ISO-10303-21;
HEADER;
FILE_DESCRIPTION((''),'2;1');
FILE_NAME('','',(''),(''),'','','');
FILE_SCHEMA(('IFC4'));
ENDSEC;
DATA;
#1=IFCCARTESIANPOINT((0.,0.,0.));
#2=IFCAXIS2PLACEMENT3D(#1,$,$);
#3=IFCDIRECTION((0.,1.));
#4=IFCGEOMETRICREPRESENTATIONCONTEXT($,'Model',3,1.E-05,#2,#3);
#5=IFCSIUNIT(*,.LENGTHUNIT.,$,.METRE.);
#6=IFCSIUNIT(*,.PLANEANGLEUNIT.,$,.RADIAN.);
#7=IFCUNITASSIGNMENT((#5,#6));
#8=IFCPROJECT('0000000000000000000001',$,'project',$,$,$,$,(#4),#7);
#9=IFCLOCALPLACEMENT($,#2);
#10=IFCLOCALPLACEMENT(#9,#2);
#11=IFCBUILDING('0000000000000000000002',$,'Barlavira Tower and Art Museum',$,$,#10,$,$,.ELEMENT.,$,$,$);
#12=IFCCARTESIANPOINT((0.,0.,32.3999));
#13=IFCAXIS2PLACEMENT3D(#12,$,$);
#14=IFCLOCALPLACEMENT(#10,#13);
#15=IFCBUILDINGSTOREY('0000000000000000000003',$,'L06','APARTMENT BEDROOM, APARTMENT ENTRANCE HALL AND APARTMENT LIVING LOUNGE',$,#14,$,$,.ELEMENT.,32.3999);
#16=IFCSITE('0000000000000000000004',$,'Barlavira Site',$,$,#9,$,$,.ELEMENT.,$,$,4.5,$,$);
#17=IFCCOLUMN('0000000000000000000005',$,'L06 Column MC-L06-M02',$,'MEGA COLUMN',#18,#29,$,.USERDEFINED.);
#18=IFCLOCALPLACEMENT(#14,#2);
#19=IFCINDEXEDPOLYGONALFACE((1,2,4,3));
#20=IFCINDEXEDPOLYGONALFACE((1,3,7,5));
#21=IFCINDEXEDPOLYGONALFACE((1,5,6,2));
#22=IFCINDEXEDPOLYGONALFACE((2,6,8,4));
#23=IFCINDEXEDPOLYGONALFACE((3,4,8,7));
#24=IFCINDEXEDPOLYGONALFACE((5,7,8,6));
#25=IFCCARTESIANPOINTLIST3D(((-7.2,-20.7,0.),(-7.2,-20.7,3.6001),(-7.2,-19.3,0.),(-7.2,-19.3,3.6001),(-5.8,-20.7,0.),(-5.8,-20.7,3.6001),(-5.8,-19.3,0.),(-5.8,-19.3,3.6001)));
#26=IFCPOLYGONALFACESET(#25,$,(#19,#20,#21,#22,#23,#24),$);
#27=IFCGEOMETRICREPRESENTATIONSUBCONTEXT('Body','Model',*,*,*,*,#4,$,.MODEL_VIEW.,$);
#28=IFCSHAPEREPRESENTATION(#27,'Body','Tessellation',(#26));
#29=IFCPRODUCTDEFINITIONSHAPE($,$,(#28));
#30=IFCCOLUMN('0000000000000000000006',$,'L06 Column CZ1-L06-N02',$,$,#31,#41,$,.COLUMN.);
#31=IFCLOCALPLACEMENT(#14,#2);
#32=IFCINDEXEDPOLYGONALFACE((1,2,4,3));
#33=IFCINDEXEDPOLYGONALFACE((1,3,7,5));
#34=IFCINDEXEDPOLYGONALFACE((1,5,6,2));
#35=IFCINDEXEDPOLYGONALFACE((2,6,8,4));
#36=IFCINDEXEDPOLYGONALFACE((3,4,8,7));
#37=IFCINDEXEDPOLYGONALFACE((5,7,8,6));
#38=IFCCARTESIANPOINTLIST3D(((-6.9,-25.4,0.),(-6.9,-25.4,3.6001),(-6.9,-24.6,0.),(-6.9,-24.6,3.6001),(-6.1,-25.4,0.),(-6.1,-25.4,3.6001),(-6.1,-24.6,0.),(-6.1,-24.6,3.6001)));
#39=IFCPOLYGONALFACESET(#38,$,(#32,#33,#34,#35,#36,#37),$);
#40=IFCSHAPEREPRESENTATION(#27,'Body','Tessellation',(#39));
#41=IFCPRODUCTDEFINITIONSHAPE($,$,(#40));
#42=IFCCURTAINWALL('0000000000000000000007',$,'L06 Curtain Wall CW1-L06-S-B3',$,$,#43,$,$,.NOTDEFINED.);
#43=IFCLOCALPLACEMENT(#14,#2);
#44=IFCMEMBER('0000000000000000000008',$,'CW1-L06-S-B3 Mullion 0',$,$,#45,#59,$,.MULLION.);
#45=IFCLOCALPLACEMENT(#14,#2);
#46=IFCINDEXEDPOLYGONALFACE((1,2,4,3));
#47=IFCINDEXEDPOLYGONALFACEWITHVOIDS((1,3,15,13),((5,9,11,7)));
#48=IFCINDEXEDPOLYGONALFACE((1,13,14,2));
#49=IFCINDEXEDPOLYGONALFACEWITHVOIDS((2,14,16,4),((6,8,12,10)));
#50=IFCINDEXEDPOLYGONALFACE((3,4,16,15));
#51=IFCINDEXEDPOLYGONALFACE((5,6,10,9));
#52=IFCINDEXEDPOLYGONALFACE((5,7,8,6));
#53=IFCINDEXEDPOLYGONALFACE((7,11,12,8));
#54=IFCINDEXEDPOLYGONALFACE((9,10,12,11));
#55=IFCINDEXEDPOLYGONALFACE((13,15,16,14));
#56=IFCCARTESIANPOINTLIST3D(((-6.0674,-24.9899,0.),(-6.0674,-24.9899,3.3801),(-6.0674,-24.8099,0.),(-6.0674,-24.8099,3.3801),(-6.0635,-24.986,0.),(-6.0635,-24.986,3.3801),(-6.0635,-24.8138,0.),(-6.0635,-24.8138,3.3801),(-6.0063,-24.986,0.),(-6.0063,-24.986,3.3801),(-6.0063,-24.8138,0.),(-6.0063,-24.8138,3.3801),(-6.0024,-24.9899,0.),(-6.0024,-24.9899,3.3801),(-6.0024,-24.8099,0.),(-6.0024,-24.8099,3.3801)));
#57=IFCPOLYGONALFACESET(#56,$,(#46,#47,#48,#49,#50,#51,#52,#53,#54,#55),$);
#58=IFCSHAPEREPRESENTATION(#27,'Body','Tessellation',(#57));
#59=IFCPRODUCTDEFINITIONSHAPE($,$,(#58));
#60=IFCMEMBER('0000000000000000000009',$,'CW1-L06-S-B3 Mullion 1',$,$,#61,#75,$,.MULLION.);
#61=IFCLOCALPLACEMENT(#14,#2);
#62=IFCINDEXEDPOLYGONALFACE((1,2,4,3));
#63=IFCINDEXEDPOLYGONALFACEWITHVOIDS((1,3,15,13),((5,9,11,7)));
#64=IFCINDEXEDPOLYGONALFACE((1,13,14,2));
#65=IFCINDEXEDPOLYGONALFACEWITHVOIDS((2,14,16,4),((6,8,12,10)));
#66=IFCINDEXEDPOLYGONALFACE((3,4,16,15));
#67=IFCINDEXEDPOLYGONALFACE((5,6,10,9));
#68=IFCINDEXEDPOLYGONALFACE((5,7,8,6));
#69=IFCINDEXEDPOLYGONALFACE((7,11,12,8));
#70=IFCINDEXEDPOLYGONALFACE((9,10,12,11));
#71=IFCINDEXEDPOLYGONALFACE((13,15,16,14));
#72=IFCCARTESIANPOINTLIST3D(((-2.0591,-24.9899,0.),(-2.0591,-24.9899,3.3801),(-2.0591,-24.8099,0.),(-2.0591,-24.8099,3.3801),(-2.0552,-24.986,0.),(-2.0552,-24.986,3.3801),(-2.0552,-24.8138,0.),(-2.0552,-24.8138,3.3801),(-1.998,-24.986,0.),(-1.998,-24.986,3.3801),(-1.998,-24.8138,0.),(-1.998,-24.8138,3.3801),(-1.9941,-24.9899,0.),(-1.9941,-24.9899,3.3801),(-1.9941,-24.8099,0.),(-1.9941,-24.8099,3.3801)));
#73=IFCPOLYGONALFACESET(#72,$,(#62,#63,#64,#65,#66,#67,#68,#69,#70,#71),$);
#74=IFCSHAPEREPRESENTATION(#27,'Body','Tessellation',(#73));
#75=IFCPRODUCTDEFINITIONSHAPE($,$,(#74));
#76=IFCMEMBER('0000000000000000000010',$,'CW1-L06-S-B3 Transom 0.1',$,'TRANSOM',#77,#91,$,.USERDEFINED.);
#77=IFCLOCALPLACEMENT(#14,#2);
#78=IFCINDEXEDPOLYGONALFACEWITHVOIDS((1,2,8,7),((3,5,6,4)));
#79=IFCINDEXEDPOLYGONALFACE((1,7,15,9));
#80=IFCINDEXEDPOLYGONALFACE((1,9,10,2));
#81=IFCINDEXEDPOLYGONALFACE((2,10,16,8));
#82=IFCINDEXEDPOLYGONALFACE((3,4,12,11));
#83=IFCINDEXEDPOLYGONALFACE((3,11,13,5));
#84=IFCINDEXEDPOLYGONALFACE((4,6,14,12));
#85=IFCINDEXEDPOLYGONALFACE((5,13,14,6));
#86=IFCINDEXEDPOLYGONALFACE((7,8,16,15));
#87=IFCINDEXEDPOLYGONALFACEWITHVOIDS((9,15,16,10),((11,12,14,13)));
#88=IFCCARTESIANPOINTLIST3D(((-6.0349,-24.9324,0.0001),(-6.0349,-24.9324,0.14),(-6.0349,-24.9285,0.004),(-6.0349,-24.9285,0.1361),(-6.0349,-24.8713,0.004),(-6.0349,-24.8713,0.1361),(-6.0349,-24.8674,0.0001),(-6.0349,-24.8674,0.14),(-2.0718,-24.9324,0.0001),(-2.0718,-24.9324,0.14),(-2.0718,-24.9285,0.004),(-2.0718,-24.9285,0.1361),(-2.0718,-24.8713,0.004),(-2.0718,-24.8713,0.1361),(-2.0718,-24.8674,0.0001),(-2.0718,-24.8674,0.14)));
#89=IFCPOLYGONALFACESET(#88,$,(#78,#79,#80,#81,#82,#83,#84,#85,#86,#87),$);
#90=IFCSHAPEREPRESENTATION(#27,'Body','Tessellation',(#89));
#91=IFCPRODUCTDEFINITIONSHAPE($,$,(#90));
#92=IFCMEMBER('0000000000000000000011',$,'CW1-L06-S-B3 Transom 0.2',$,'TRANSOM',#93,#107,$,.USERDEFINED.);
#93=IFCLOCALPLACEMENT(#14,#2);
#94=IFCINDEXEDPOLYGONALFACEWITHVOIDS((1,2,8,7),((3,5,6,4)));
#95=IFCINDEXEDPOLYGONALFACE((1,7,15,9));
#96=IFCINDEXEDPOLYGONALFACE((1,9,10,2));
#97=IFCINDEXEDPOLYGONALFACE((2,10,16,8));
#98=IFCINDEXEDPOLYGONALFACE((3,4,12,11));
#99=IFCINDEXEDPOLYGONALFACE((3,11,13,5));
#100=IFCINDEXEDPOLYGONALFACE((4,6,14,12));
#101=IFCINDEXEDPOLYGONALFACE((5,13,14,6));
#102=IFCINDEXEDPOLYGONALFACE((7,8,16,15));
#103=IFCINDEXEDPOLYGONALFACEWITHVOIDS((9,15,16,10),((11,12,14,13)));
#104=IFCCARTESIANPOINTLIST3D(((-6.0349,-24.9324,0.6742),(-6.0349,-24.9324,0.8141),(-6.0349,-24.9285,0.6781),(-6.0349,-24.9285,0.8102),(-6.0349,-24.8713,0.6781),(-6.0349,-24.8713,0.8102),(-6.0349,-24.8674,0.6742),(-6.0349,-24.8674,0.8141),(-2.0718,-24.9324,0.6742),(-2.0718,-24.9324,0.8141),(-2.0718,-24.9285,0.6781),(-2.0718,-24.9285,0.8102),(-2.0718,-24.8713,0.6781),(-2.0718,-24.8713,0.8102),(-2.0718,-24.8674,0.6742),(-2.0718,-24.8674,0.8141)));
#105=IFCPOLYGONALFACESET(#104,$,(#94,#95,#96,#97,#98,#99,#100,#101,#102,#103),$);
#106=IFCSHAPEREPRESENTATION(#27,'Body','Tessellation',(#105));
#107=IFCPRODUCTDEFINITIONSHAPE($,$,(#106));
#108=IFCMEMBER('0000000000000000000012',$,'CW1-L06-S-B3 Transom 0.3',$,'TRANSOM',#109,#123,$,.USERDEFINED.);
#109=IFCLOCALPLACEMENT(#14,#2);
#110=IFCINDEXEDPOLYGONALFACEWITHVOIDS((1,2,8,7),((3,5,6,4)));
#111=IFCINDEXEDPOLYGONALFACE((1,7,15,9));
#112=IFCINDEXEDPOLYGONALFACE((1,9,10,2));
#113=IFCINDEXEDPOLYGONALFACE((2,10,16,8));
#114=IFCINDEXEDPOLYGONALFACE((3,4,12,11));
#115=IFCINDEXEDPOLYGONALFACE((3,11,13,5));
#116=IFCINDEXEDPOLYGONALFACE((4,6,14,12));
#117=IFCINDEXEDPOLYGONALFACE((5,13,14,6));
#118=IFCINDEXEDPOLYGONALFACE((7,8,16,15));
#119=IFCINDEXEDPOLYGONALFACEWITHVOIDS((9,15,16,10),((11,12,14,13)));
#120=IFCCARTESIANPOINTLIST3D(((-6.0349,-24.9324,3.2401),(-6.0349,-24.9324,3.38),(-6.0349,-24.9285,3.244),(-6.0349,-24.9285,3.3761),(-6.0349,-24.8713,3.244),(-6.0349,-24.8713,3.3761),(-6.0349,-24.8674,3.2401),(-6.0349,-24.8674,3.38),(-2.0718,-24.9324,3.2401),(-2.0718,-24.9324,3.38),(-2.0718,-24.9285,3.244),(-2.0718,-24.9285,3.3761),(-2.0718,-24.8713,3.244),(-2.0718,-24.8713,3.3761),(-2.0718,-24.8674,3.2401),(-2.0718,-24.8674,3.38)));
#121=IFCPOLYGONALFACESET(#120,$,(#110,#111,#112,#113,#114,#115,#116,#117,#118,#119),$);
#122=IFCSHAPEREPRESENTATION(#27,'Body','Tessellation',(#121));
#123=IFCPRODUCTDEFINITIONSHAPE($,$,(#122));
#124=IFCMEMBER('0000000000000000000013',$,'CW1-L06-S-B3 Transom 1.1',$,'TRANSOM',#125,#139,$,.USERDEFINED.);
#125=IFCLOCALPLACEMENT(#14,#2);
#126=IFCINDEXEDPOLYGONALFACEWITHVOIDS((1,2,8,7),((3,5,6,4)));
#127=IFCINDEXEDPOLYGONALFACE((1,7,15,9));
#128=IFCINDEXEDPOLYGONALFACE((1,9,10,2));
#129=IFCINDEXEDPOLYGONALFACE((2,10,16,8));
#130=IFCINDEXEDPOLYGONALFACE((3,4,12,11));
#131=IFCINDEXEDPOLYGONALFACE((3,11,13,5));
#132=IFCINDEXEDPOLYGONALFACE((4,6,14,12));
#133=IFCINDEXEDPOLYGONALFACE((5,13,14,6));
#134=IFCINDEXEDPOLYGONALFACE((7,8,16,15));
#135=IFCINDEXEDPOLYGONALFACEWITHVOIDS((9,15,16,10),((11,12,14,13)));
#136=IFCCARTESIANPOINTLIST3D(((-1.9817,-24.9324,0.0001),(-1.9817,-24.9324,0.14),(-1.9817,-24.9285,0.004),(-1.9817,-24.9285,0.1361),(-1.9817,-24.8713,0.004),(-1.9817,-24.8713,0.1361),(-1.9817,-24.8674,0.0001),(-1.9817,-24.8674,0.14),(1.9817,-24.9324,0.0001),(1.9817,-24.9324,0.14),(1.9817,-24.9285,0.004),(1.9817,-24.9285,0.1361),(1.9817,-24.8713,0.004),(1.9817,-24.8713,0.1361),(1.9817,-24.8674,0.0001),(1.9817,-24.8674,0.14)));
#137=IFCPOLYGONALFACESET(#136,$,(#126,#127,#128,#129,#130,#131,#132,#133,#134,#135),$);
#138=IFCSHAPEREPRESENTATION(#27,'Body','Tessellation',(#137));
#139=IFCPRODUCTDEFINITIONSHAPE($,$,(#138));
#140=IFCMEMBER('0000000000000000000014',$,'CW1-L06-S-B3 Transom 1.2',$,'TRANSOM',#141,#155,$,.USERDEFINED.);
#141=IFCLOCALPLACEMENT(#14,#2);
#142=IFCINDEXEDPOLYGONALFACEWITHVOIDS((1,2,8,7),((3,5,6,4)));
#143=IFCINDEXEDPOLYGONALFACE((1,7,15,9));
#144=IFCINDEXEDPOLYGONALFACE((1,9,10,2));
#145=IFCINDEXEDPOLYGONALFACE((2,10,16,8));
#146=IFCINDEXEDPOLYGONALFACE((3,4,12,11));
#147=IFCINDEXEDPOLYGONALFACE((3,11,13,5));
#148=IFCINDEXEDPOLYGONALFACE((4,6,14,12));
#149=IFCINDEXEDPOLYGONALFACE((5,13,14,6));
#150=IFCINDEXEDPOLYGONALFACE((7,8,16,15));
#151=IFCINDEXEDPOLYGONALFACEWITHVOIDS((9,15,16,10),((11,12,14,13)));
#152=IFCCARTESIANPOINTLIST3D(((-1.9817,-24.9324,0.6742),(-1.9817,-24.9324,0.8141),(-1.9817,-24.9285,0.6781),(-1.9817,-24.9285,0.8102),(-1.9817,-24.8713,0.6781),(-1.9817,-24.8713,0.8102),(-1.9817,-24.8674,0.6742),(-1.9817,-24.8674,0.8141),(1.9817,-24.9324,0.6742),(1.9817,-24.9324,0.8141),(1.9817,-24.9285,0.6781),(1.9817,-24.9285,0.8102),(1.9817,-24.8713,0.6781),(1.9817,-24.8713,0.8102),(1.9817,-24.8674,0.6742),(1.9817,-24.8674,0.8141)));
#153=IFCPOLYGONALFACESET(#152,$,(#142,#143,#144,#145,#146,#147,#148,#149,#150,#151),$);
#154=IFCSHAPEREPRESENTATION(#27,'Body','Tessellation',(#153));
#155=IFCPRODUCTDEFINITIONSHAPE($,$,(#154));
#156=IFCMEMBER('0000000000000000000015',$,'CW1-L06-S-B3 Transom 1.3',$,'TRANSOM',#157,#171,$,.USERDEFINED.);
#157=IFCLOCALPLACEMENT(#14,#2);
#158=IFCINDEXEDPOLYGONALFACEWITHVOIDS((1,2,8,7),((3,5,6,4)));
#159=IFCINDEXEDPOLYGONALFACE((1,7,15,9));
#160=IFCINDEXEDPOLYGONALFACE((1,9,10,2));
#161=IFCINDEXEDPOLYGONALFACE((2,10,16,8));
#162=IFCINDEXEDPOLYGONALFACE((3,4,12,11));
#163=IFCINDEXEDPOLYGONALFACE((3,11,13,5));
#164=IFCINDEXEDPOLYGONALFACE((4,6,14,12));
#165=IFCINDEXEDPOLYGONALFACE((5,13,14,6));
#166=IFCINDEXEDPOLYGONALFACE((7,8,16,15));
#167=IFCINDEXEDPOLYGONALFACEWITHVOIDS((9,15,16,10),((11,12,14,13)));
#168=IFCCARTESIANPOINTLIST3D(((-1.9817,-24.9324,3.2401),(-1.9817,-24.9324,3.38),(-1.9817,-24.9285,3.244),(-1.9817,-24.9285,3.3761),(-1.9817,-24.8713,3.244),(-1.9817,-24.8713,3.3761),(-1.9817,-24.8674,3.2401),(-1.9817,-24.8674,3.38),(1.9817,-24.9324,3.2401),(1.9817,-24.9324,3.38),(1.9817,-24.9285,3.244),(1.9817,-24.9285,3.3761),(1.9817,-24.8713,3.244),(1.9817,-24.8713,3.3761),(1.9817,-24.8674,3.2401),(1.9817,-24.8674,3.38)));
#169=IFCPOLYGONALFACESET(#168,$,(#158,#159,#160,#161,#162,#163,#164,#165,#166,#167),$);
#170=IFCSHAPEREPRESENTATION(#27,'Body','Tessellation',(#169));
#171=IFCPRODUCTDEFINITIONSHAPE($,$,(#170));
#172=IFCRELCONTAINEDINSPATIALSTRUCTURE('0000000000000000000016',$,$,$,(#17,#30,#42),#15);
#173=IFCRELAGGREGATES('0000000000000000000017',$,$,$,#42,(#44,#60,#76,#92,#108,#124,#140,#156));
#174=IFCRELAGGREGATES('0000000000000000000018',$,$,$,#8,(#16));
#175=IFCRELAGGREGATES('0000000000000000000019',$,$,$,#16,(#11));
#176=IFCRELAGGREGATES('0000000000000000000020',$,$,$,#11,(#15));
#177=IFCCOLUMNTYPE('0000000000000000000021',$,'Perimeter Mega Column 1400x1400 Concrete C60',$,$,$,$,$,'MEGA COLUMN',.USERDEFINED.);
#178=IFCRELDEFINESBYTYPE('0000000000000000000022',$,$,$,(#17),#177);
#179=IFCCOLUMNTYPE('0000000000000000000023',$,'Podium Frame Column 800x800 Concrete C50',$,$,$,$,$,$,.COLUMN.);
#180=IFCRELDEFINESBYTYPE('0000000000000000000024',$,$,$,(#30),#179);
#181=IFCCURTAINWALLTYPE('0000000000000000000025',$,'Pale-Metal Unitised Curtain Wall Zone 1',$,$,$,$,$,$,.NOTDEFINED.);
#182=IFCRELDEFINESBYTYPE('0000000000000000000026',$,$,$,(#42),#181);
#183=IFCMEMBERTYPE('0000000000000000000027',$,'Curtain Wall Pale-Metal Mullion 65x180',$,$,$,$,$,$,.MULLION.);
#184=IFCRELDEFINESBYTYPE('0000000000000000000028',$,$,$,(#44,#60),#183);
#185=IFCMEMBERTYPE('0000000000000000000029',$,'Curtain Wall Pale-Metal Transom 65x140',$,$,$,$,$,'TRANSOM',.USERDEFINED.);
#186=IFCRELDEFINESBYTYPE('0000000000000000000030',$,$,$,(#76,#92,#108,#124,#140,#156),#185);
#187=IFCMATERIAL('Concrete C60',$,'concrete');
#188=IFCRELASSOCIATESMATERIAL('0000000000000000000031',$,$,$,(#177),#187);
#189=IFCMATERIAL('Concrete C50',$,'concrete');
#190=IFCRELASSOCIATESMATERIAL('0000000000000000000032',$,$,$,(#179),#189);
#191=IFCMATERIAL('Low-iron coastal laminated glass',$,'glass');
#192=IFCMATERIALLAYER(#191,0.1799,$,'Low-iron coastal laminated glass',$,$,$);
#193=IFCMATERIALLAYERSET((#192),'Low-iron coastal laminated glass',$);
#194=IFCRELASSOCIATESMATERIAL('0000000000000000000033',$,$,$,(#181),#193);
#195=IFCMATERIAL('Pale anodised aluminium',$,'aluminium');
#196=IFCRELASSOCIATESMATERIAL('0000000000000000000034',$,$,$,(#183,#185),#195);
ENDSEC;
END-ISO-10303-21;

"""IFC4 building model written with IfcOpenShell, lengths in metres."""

from ifc_helpers import new_model, si_unit, direction, frame, origin, origin_2d, place, context, subcontext, project, spatial, rectangle, hollow_rectangle, extrude, material, layer, layer_set, material_profile, profile_set, type_object, element, aggregate, save


model = new_model("IFC4")

# Units and contexts
model_context = context("Model", 3, precision=1e-05, world=origin(), true_north=direction((0.0, 1.0)))
body_context = subcontext(model_context, "Body", "Model", "MODEL_VIEW")
ifc_project = project(units=[si_unit("LENGTHUNIT", "METRE"), si_unit("PLANEANGLEUNIT", "RADIAN")], contexts=[model_context])

# Site, building, storey
site_placement = place(None, origin())
site = spatial("IfcSite", under=ifc_project, at=site_placement, Name="Barlavira Site", CompositionType="ELEMENT", RefElevation=4.5)
building_placement = place(site_placement, origin())
building = spatial("IfcBuilding", under=site, at=building_placement, Name="Barlavira Tower and Art Museum", CompositionType="ELEMENT")
storey_placement = place(building_placement, frame((0.0, 0.0, 32.3999)))
storey = spatial("IfcBuildingStorey", under=building, at=storey_placement, Name="L06", Description="APARTMENT BEDROOM, APARTMENT ENTRANCE HALL AND APARTMENT LIVING LOUNGE", CompositionType="ELEMENT", Elevation=32.3999)

# Columns
ifc_material_1 = material(Name="Concrete C60", Category="concrete")
ifc_material_profile_1 = material_profile(ifc_material_1, rectangle(XDim=1.3999, YDim=1.3999, at=origin_2d()), Name="RC-MCOL 1400x1400")
ifc_profile_set_1 = profile_set([ifc_material_profile_1], Name="Concrete C60")
column_type_1 = type_object("IfcColumnType", Name="Perimeter Mega Column 1400x1400 Concrete C60", ElementType="MEGA COLUMN", PredefinedType="USERDEFINED", material=ifc_profile_set_1)
column_1_placement = place(storey_placement, frame((-6.5, -20.0, 0.0), z_axis=(0.0, 0.0, 1.0), x_axis=(1.0, 0.0, 0.0)))
element("IfcColumn", 1, at=column_1_placement, inside=storey, type_object=column_type_1, Name="L06 Column MC-L06-M02", ObjectType="MEGA COLUMN", PredefinedType="USERDEFINED", context=body_context, shape_type="SweptSolid", body=[
    extrude(rectangle(XDim=1.3999, YDim=1.3999, at=origin_2d()), origin(), (0.0, 0.0, 1.0), 3.6001),
])
ifc_material_2 = material(Name="Concrete C50", Category="concrete")
ifc_material_profile_2 = material_profile(ifc_material_2, rectangle(XDim=0.8, YDim=0.8, at=origin_2d()), Name="RC-COL 800x800")
ifc_profile_set_2 = profile_set([ifc_material_profile_2], Name="Concrete C50")
column_type_2 = type_object("IfcColumnType", Name="Podium Frame Column 800x800 Concrete C50", PredefinedType="COLUMN", material=ifc_profile_set_2)
column_2_placement = place(storey_placement, frame((-6.5, -25.0, 0.0), z_axis=(0.0, 0.0, 1.0), x_axis=(1.0, 0.0, 0.0)))
element("IfcColumn", 2, at=column_2_placement, inside=storey, type_object=column_type_2, Name="L06 Column CZ1-L06-N02", PredefinedType="COLUMN", context=body_context, shape_type="SweptSolid", body=[
    extrude(rectangle(XDim=0.8, YDim=0.8, at=origin_2d()), origin(), (0.0, 0.0, 1.0), 3.6001),
])

# Curtain wall, members
ifc_material_3 = material(Name="Low-iron coastal laminated glass", Category="glass")
ifc_layer_1 = layer(ifc_material_3, 0.1799, Name="Low-iron coastal laminated glass")
ifc_layer_set_1 = layer_set([ifc_layer_1], Name="Low-iron coastal laminated glass")
curtain_wall_type = type_object("IfcCurtainWallType", Name="Pale-Metal Unitised Curtain Wall Zone 1", PredefinedType="NOTDEFINED", material=ifc_layer_set_1)
curtain_wall_placement = place(storey_placement, origin())
curtain_wall = element("IfcCurtainWall", 3, at=curtain_wall_placement, inside=storey, type_object=curtain_wall_type, Name="L06 Curtain Wall CW1-L06-S-B3", PredefinedType="NOTDEFINED")
ifc_material_4 = material(Name="Pale anodised aluminium", Category="aluminium")
ifc_material_profile_3 = material_profile(ifc_material_4, hollow_rectangle(XDim=0.0649, YDim=0.1799, WallThickness=0.0039, at=origin_2d()), Name="ALU-MULL 65x180x4")
ifc_profile_set_3 = profile_set([ifc_material_profile_3], Name="Pale anodised aluminium")
member_type_1 = type_object("IfcMemberType", Name="Curtain Wall Pale-Metal Mullion 65x180", PredefinedType="MULLION", material=ifc_profile_set_3)
member_1_placement = place(storey_placement, frame((-6.0349, -24.8999, 0.0), z_axis=(0.0, 0.0, 1.0), x_axis=(1.0, 0.0, 0.0)))
member_1 = element("IfcMember", 4, at=member_1_placement, type_object=member_type_1, Name="CW1-L06-S-B3 Mullion 0", PredefinedType="MULLION", context=body_context, shape_type="SweptSolid", body=[
    extrude(hollow_rectangle(XDim=0.0649, YDim=0.1799, WallThickness=0.0039, at=origin_2d()), origin(), (0.0, 0.0, 1.0), 3.3801),
])
member_2_placement = place(storey_placement, frame((-2.0266, -24.8999, 0.0), z_axis=(0.0, 0.0, 1.0), x_axis=(1.0, 0.0, 0.0)))
member_2 = element("IfcMember", 5, at=member_2_placement, type_object=member_type_1, Name="CW1-L06-S-B3 Mullion 1", PredefinedType="MULLION", context=body_context, shape_type="SweptSolid", body=[
    extrude(hollow_rectangle(XDim=0.0649, YDim=0.1799, WallThickness=0.0039, at=origin_2d()), origin(), (0.0, 0.0, 1.0), 3.3801),
])
ifc_material_profile_4 = material_profile(ifc_material_4, hollow_rectangle(XDim=0.0649, YDim=0.1399, WallThickness=0.0039, at=origin_2d()), Name="ALU-TRAN 65x140x4")
ifc_profile_set_4 = profile_set([ifc_material_profile_4], Name="Pale anodised aluminium")
member_type_2 = type_object("IfcMemberType", Name="Curtain Wall Pale-Metal Transom 65x140", ElementType="TRANSOM", PredefinedType="USERDEFINED", material=ifc_profile_set_4)
member_3_placement = place(storey_placement, frame((-6.0349, -24.8999, 0.0701), z_axis=(1.0, 0.0, 0.0), x_axis=(0.0, 1.0, 0.0)))
member_3 = element("IfcMember", 6, at=member_3_placement, type_object=member_type_2, Name="CW1-L06-S-B3 Transom 0.1", ObjectType="TRANSOM", PredefinedType="USERDEFINED", context=body_context, shape_type="SweptSolid", body=[
    extrude(hollow_rectangle(XDim=0.0649, YDim=0.1399, WallThickness=0.0039, at=origin_2d()), origin(), (0.0, 0.0, 1.0), 3.9631),
])
member_4_placement = place(storey_placement, frame((-6.0349, -24.8999, 0.7441), z_axis=(1.0, 0.0, 0.0), x_axis=(0.0, 1.0, 0.0)))
member_4 = element("IfcMember", 7, at=member_4_placement, type_object=member_type_2, Name="CW1-L06-S-B3 Transom 0.2", ObjectType="TRANSOM", PredefinedType="USERDEFINED", context=body_context, shape_type="SweptSolid", body=[
    extrude(hollow_rectangle(XDim=0.0649, YDim=0.1399, WallThickness=0.0039, at=origin_2d()), origin(), (0.0, 0.0, 1.0), 3.9631),
])
member_5_placement = place(storey_placement, frame((-6.0349, -24.8999, 3.3101), z_axis=(1.0, 0.0, 0.0), x_axis=(0.0, 1.0, 0.0)))
member_5 = element("IfcMember", 8, at=member_5_placement, type_object=member_type_2, Name="CW1-L06-S-B3 Transom 0.3", ObjectType="TRANSOM", PredefinedType="USERDEFINED", context=body_context, shape_type="SweptSolid", body=[
    extrude(hollow_rectangle(XDim=0.0649, YDim=0.1399, WallThickness=0.0039, at=origin_2d()), origin(), (0.0, 0.0, 1.0), 3.9631),
])
member_6_placement = place(storey_placement, frame((-1.9817, -24.8999, 0.0701), z_axis=(1.0, 0.0, 0.0), x_axis=(0.0, 1.0, 0.0)))
member_6 = element("IfcMember", 9, at=member_6_placement, type_object=member_type_2, Name="CW1-L06-S-B3 Transom 1.1", ObjectType="TRANSOM", PredefinedType="USERDEFINED", context=body_context, shape_type="SweptSolid", body=[
    extrude(hollow_rectangle(XDim=0.0649, YDim=0.1399, WallThickness=0.0039, at=origin_2d()), origin(), (0.0, 0.0, 1.0), 3.9634),
])
member_7_placement = place(storey_placement, frame((-1.9817, -24.8999, 0.7441), z_axis=(1.0, 0.0, 0.0), x_axis=(0.0, 1.0, 0.0)))
member_7 = element("IfcMember", 10, at=member_7_placement, type_object=member_type_2, Name="CW1-L06-S-B3 Transom 1.2", ObjectType="TRANSOM", PredefinedType="USERDEFINED", context=body_context, shape_type="SweptSolid", body=[
    extrude(hollow_rectangle(XDim=0.0649, YDim=0.1399, WallThickness=0.0039, at=origin_2d()), origin(), (0.0, 0.0, 1.0), 3.9634),
])
member_8_placement = place(storey_placement, frame((-1.9817, -24.8999, 3.3101), z_axis=(1.0, 0.0, 0.0), x_axis=(0.0, 1.0, 0.0)))
member_8 = element("IfcMember", 11, at=member_8_placement, type_object=member_type_2, Name="CW1-L06-S-B3 Transom 1.3", ObjectType="TRANSOM", PredefinedType="USERDEFINED", context=body_context, shape_type="SweptSolid", body=[
    extrude(hollow_rectangle(XDim=0.0649, YDim=0.1399, WallThickness=0.0039, at=origin_2d()), origin(), (0.0, 0.0, 1.0), 3.9634),
])

aggregate(curtain_wall, [member_1, member_2, member_3, member_4, member_5, member_6, member_7, member_8])

save(model, "model.ifc")
